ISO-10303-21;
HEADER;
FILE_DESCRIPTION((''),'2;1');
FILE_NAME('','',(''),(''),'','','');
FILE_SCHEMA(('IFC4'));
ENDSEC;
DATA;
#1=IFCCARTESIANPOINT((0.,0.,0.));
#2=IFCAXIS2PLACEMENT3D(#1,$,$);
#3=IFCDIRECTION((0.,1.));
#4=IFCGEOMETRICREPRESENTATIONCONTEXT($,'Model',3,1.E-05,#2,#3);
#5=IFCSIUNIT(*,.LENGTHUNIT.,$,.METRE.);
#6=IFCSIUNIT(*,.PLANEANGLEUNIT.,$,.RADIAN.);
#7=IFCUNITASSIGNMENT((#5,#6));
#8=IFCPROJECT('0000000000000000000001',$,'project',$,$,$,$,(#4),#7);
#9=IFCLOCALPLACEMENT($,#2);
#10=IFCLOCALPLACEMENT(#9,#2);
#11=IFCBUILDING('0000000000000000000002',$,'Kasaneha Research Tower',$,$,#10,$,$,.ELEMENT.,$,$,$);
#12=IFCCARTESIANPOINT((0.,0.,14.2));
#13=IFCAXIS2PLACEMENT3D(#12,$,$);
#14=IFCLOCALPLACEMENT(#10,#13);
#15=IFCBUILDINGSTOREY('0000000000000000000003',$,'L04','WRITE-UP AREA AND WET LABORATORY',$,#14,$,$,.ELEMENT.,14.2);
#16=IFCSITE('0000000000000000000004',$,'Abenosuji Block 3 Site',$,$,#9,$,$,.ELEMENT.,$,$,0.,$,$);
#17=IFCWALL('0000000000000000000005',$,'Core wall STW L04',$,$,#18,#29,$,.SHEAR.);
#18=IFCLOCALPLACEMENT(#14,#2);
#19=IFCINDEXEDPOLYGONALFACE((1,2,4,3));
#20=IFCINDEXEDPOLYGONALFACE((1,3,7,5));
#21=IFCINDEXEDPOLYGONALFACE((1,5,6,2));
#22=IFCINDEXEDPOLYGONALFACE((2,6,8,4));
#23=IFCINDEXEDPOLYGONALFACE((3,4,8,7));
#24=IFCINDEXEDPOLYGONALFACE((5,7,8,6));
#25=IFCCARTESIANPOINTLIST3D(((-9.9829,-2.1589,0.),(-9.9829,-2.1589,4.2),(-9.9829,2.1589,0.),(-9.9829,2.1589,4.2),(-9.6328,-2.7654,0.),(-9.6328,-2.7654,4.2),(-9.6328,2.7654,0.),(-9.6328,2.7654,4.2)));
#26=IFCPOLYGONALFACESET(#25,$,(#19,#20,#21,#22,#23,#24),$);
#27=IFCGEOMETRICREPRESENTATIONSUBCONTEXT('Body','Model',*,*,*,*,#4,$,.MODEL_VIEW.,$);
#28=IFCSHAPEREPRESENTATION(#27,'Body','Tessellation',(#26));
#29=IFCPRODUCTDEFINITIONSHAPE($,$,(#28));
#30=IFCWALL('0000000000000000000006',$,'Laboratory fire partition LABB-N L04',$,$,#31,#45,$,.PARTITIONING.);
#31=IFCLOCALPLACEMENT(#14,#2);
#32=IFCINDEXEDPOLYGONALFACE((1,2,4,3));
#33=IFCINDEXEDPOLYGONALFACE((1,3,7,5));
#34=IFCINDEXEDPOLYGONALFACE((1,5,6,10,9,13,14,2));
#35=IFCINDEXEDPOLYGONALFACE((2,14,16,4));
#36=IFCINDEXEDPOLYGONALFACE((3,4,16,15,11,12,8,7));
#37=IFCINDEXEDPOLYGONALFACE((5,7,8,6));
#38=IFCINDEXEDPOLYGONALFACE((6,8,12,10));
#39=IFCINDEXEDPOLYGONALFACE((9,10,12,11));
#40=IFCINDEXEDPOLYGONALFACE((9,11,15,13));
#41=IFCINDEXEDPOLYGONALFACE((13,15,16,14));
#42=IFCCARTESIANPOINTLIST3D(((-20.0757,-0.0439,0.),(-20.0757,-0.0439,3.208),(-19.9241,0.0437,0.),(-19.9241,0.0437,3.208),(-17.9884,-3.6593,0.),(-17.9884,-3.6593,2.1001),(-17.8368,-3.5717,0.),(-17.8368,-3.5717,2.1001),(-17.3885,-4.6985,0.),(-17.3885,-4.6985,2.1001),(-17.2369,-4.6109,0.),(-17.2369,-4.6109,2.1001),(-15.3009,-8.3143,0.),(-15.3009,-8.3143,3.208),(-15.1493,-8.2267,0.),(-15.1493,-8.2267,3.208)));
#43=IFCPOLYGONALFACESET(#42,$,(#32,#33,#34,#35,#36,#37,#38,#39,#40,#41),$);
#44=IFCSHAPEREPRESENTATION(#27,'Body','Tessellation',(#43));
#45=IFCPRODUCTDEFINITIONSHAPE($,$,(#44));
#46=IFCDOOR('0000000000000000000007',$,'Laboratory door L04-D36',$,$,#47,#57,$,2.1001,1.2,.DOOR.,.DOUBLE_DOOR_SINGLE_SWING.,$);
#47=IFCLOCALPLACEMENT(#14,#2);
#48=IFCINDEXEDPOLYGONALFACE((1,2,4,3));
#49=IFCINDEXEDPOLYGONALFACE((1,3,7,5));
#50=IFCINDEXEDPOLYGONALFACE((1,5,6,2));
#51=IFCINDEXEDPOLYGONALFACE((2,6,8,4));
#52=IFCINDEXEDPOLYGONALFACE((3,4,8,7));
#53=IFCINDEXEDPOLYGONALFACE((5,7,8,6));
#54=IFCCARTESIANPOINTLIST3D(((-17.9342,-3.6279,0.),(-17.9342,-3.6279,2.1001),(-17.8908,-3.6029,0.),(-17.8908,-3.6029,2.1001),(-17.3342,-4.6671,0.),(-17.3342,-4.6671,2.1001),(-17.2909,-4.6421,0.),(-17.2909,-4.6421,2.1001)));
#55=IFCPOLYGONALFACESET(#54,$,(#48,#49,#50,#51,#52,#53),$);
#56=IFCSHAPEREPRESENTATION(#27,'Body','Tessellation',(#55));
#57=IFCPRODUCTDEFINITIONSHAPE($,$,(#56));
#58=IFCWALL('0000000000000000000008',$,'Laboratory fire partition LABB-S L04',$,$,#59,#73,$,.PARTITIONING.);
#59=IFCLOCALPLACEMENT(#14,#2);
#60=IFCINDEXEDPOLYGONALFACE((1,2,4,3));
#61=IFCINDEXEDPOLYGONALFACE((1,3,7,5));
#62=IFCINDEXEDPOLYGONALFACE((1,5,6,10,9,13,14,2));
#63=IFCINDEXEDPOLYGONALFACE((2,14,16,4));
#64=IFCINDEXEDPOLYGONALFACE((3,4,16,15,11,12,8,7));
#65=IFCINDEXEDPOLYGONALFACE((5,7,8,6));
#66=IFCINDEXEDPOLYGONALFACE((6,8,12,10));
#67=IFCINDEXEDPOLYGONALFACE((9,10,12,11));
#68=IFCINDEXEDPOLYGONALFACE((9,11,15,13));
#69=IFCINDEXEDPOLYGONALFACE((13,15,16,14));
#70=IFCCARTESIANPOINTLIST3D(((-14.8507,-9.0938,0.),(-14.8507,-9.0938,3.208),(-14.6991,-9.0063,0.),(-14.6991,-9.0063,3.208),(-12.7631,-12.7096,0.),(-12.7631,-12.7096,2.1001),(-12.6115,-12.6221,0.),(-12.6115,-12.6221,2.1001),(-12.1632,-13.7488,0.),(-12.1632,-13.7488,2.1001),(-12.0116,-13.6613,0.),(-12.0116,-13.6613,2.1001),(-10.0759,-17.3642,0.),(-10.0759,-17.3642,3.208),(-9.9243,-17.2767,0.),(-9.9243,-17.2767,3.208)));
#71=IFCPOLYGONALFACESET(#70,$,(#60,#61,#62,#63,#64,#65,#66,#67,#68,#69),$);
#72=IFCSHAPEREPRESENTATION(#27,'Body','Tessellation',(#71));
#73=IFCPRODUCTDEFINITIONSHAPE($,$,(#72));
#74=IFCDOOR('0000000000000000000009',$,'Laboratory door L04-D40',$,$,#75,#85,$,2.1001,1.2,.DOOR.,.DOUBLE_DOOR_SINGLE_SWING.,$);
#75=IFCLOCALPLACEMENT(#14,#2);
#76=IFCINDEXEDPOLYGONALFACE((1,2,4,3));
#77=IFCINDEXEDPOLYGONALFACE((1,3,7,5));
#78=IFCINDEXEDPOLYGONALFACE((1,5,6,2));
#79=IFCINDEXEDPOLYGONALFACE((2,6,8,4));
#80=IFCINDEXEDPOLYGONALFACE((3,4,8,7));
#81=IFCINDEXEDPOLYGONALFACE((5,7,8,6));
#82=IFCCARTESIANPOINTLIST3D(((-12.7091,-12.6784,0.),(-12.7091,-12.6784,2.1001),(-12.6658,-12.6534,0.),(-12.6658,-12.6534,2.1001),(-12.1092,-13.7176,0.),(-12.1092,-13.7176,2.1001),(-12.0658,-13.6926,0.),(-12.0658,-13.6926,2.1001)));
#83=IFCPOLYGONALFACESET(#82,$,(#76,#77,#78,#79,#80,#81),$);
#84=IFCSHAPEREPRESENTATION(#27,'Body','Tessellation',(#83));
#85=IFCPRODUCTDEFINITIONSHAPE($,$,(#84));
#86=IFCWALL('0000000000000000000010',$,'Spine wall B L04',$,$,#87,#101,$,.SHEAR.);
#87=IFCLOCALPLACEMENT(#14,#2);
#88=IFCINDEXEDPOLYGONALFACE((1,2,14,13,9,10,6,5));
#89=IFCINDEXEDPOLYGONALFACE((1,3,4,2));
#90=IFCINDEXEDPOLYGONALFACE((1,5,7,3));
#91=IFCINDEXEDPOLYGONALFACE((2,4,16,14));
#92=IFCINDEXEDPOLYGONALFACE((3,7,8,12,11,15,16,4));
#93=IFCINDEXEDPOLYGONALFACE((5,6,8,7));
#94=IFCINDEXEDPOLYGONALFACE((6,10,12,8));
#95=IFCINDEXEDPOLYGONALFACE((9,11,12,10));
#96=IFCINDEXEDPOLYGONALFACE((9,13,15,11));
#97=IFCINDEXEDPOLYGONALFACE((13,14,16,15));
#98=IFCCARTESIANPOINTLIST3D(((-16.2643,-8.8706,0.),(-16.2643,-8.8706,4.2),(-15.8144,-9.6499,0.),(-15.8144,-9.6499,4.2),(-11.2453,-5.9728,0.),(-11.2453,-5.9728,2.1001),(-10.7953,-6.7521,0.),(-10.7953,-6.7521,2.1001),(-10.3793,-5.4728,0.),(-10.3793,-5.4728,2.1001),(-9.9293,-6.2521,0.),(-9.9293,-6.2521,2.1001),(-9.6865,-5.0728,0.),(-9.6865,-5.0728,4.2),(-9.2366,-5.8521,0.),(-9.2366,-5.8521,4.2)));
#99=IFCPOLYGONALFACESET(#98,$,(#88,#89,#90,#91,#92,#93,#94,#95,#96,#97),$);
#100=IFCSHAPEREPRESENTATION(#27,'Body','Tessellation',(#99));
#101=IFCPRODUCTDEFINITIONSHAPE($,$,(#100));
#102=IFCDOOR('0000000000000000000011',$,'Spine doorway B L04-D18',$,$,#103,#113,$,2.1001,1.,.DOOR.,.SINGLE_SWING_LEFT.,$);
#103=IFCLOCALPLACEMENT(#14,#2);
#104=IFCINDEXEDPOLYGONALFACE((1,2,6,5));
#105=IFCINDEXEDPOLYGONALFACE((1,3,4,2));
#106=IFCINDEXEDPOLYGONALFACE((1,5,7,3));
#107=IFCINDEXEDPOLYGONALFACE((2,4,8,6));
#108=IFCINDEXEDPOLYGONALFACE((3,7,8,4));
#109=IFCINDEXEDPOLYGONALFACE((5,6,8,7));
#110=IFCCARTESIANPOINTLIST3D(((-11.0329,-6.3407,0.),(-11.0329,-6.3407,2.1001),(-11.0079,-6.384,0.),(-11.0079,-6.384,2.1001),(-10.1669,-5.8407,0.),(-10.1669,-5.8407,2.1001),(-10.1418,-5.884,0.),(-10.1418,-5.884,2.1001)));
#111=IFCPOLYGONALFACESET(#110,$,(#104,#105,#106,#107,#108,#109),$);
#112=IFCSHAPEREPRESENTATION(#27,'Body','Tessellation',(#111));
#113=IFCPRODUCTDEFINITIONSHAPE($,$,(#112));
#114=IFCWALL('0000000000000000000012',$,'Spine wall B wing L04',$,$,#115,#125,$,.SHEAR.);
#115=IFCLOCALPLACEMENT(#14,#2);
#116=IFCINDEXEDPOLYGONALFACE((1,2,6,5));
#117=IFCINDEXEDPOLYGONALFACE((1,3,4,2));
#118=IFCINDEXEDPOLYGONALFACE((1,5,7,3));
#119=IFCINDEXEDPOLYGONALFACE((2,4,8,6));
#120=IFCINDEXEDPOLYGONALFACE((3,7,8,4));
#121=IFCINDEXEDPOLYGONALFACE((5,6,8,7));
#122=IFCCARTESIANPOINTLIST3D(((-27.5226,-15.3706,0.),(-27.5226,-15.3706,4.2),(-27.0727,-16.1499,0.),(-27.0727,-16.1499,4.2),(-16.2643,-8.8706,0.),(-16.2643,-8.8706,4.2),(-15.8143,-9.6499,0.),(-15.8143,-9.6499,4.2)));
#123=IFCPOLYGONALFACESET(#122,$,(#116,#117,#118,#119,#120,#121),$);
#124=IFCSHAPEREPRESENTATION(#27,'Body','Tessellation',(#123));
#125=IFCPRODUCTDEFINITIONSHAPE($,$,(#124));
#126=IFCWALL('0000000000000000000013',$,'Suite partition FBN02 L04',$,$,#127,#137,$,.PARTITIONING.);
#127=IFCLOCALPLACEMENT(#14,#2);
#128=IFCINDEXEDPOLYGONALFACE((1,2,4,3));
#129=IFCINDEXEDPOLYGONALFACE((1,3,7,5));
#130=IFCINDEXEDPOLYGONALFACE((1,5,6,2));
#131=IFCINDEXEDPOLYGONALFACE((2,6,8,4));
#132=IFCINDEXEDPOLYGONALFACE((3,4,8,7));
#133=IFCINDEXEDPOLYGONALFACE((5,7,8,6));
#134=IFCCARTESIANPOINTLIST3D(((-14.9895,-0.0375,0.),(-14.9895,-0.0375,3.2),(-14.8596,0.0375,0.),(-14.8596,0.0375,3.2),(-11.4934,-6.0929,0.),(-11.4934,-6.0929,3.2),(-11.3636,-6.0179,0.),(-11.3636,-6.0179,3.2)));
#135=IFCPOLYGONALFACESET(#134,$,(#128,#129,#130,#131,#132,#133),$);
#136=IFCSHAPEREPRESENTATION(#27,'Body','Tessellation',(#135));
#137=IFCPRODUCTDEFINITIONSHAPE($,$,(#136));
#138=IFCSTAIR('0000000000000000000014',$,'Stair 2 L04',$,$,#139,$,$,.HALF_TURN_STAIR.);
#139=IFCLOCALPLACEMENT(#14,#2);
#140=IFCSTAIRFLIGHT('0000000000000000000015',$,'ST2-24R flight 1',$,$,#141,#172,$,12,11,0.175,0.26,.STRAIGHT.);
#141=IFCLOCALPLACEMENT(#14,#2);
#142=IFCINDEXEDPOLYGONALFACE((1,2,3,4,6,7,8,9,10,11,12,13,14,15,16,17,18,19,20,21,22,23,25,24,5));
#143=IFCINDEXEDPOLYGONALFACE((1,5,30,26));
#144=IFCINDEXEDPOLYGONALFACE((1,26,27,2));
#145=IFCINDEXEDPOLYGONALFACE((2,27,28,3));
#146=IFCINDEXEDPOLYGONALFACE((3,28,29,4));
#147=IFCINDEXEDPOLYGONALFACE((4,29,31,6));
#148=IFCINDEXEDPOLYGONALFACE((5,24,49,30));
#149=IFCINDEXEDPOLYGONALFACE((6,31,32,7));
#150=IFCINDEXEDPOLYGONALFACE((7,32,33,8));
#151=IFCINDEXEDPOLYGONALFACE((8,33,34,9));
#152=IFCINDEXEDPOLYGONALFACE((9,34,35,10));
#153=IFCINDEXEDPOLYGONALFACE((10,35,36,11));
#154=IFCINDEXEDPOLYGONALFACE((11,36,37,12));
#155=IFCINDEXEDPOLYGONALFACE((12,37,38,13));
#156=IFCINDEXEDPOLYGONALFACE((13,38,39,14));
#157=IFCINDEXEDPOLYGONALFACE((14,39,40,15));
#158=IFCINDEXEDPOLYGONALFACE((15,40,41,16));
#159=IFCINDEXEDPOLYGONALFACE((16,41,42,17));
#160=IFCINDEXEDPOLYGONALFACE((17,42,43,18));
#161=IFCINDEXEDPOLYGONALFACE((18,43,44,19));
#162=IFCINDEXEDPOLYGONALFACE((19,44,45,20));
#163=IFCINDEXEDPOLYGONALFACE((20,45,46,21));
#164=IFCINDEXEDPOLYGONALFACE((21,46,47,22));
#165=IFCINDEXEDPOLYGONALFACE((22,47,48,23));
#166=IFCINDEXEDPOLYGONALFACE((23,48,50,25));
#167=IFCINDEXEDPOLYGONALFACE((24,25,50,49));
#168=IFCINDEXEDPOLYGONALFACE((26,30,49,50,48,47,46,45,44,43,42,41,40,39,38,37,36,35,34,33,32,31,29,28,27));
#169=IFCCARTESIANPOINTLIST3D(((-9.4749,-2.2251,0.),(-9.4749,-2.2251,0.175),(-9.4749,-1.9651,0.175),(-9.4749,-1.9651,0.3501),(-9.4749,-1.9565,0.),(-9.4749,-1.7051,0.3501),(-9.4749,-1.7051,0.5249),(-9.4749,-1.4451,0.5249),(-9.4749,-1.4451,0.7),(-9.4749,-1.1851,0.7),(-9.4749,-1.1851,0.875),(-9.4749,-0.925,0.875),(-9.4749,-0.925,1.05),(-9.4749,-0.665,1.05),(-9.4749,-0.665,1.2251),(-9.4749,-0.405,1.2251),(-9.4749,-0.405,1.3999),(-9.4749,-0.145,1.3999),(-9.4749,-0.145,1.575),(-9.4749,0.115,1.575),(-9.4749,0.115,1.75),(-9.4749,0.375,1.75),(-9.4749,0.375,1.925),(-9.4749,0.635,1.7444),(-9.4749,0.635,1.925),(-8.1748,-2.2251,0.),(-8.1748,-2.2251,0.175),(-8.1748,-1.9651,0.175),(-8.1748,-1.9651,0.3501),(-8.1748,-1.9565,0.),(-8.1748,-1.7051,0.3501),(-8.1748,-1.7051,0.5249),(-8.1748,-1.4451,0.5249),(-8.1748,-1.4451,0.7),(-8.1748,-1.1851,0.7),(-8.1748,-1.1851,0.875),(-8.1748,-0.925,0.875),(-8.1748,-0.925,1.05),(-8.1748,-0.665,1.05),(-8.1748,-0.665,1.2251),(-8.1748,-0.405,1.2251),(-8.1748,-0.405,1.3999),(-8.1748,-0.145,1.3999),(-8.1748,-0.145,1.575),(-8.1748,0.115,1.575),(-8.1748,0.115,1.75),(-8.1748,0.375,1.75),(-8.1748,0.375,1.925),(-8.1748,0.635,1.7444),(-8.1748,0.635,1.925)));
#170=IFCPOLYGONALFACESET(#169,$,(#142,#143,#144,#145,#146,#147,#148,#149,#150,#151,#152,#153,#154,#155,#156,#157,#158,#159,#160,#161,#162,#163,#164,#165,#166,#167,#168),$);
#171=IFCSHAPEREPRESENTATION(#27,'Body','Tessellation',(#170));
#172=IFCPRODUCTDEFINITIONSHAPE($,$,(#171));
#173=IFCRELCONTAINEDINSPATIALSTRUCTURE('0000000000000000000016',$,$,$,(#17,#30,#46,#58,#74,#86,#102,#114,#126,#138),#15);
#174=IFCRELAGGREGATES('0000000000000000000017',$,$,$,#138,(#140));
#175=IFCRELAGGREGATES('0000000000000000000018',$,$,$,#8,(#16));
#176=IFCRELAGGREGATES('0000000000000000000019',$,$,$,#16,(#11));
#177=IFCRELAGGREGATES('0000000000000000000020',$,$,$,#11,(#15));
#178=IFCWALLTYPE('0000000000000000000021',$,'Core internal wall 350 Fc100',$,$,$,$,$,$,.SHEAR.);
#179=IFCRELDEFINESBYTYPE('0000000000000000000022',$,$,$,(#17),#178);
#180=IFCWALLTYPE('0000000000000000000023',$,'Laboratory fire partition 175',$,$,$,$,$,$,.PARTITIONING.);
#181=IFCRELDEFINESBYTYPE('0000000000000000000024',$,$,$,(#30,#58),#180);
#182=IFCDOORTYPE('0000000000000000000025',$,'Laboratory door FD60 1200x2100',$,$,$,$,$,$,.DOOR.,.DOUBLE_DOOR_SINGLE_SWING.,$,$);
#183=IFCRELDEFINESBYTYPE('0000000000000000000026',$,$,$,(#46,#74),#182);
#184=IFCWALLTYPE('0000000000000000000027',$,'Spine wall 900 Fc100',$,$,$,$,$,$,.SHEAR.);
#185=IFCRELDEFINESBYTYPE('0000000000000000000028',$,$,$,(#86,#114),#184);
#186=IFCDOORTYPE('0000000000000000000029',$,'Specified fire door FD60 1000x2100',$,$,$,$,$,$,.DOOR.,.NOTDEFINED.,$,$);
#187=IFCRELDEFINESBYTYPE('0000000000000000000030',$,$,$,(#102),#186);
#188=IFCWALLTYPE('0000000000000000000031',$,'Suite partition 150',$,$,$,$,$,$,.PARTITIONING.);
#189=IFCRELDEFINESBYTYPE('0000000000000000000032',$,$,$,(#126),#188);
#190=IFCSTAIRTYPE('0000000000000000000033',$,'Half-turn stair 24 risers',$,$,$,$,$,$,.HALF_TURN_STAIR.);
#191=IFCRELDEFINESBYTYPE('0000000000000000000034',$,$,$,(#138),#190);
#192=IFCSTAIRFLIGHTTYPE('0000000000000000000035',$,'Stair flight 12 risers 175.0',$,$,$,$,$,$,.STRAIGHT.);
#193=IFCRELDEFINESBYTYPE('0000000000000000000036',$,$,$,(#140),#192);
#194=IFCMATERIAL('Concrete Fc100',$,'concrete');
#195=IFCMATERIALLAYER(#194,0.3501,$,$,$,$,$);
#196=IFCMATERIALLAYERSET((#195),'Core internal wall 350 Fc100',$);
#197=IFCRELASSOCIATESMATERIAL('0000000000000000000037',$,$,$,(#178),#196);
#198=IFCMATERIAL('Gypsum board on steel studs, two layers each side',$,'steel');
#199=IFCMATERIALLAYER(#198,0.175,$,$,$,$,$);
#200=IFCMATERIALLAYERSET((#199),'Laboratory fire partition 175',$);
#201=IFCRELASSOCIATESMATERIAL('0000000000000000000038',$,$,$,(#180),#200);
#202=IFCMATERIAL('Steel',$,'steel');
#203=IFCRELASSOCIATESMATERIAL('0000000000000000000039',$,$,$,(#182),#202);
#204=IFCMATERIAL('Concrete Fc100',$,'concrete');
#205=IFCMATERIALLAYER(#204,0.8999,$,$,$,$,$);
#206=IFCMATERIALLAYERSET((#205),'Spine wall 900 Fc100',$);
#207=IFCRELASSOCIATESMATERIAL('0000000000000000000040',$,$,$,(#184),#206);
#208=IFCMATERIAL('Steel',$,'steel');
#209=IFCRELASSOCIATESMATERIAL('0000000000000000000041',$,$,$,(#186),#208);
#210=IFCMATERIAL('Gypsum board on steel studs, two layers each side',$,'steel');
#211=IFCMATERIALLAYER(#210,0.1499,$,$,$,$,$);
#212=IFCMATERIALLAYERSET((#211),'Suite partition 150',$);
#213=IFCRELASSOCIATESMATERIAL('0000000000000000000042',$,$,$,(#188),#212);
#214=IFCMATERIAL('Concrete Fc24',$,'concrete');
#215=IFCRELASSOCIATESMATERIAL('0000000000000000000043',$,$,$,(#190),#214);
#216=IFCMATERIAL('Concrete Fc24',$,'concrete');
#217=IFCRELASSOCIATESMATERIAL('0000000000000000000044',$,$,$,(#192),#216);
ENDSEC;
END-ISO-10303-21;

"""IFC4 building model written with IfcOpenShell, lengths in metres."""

from ifc_helpers import new_model, si_unit, direction, frame, frame_2d, origin, place, context, subcontext, project, spatial, polyline, rectangle, outline, extrude, material, layer, layer_set, type_object, element, fill, aggregate, save


model = new_model("IFC4")

# Units and contexts
model_context = context("Model", 3, precision=1e-05, world=origin(), true_north=direction((0.0, 1.0)))
body_context = subcontext(model_context, "Body", "Model", "MODEL_VIEW")
ifc_project = project(units=[si_unit("LENGTHUNIT", "METRE"), si_unit("PLANEANGLEUNIT", "RADIAN")], contexts=[model_context])

# Site, building, storey
site_placement = place(None, origin())
site = spatial("IfcSite", under=ifc_project, at=site_placement, Name="Abenosuji Block 3 Site", CompositionType="ELEMENT", RefElevation=0.0)
building_placement = place(site_placement, origin())
building = spatial("IfcBuilding", under=site, at=building_placement, Name="Kasaneha Research Tower", CompositionType="ELEMENT")
storey_placement = place(building_placement, frame((0.0, 0.0, 14.2)))
storey = spatial("IfcBuildingStorey", under=building, at=storey_placement, Name="L04", Description="WRITE-UP AREA AND WET LABORATORY", CompositionType="ELEMENT", Elevation=14.2)

# Shared definitions
ifc_material_1 = material(Name="Concrete Fc100", Category="concrete")
ifc_layer_1 = layer(ifc_material_1, 0.3501)
ifc_layer_set_1 = layer_set([ifc_layer_1], Name="Core internal wall 350 Fc100")
wall_type_1 = type_object("IfcWallType", Name="Core internal wall 350 Fc100", PredefinedType="SHEAR", material=ifc_layer_set_1)

# Wall
wall_1_placement = place(storey_placement, frame((-9.8079, -2.4622, 0.0), z_axis=(0.0, 0.0, 1.0), x_axis=(0.0, 1.0, 0.0)))
element("IfcWall", 1, at=wall_1_placement, inside=storey, type_object=wall_type_1, Name="Core wall STW L04", PredefinedType="SHEAR", context=body_context, shape_type="SweptSolid", body=[
    extrude(outline(polyline([(-0.3032, -0.175), (5.2275, -0.175), (4.6211, 0.175), (0.3032, 0.175), (-0.3032, -0.175)])), origin(), (0.0, 0.0, 1.0), 4.2),
])

# Walls, openings, doors
ifc_material_2 = material(Name="Gypsum board on steel studs, two layers each side", Category="steel")
ifc_layer_2 = layer(ifc_material_2, 0.175)
ifc_layer_set_2 = layer_set([ifc_layer_2], Name="Laboratory fire partition 175")
wall_type_2 = type_object("IfcWallType", Name="Laboratory fire partition 175", PredefinedType="PARTITIONING", material=ifc_layer_set_2)
wall_2_placement = place(storey_placement, frame((-15.2251, -8.2705, 0.0), z_axis=(0.0, 0.0, 1.0), x_axis=(-0.499994, 0.866029, 0.0)))
wall_2 = element("IfcWall", 2, at=wall_2_placement, inside=storey, type_object=wall_type_2, Name="Laboratory fire partition LABB-N L04", PredefinedType="PARTITIONING", context=body_context, shape_type="SweptSolid", body=[
    extrude(rectangle(XDim=9.5498, YDim=0.175, at=frame_2d((4.7749, 0.0))), origin(), (0.0, 0.0, 1.0), 3.208),
])
opening_1_placement = place(wall_2_placement, frame((4.175, 0.0, 0.0)))
opening_1 = element("IfcOpeningElement", 3, at=opening_1_placement, cuts=wall_2, PredefinedType="OPENING", context=body_context, shape_type="SweptSolid", body=[
    extrude(rectangle(XDim=1.2, YDim=2.1001, at=frame_2d((0.6001, 1.05))), frame((0.0, 0.0977, 0.0), z_axis=(0.0, -1.0, 0.0), x_axis=(1.0, 0.0, 0.0)), (0.0, 0.0, 1.0), 0.1951),
])
ifc_material_3 = material(Name="Steel", Category="steel")
door_type_1 = type_object("IfcDoorType", Name="Laboratory door FD60 1200x2100", OperationType="DOUBLE_DOOR_SINGLE_SWING", PredefinedType="DOOR", material=ifc_material_3)
door_1_placement = place(opening_1_placement, origin())
door_1 = element("IfcDoor", 4, at=door_1_placement, inside=storey, type_object=door_type_1, Name="Laboratory door L04-D36", OperationType="DOUBLE_DOOR_SINGLE_SWING", OverallHeight=2.1001, OverallWidth=1.2, PredefinedType="DOOR", context=body_context, shape_type="SweptSolid", body=[
    extrude(rectangle(XDim=1.2, YDim=2.1001, at=frame_2d((0.6001, 1.05))), frame((0.0, 0.0249, 0.0), z_axis=(0.0, -1.0, 0.0), x_axis=(1.0, 0.0, 0.0)), (0.0, 0.0, 1.0), 0.05),
])
fill(opening_1, door_1)
wall_3_placement = place(storey_placement, frame((-14.7749, -9.05, 0.0), z_axis=(0.0, 0.0, 1.0), x_axis=(0.499994, -0.866029, 0.0)))
wall_3 = element("IfcWall", 5, at=wall_3_placement, inside=storey, type_object=wall_type_2, Name="Laboratory fire partition LABB-S L04", PredefinedType="PARTITIONING", context=body_context, shape_type="SweptSolid", body=[
    extrude(rectangle(XDim=9.5498, YDim=0.175, at=frame_2d((4.7749, 0.0))), origin(), (0.0, 0.0, 1.0), 3.208),
])
opening_2_placement = place(wall_3_placement, frame((4.175, 0.0, 0.0)))
opening_2 = element("IfcOpeningElement", 6, at=opening_2_placement, cuts=wall_3, PredefinedType="OPENING", context=body_context, shape_type="SweptSolid", body=[
    extrude(rectangle(XDim=1.2, YDim=2.1001, at=frame_2d((0.6001, 1.05))), frame((0.0, 0.0977, 0.0), z_axis=(0.0, -1.0, 0.0), x_axis=(1.0, 0.0, 0.0)), (0.0, 0.0, 1.0), 0.1951),
])
door_2_placement = place(opening_2_placement, origin())
door_2 = element("IfcDoor", 7, at=door_2_placement, inside=storey, type_object=door_type_1, Name="Laboratory door L04-D40", OperationType="DOUBLE_DOOR_SINGLE_SWING", OverallHeight=2.1001, OverallWidth=1.2, PredefinedType="DOOR", context=body_context, shape_type="SweptSolid", body=[
    extrude(rectangle(XDim=1.2, YDim=2.1001, at=frame_2d((0.6001, 1.05))), frame((0.0, 0.0249, 0.0), z_axis=(0.0, -1.0, 0.0), x_axis=(1.0, 0.0, 0.0)), (0.0, 0.0, 1.0), 0.05),
])
fill(opening_2, door_2)
ifc_material_4 = material(Name="Concrete Fc100", Category="concrete")
ifc_layer_3 = layer(ifc_material_4, 0.8999)
ifc_layer_set_3 = layer_set([ifc_layer_3], Name="Spine wall 900 Fc100")
wall_type_3 = type_object("IfcWallType", Name="Spine wall 900 Fc100", PredefinedType="SHEAR", material=ifc_layer_set_3)
wall_4_placement = place(storey_placement, frame((-9.4614, -5.4624, 0.0), z_axis=(0.0, 0.0, 1.0), x_axis=(-0.866019, -0.500011, 0.0)))
wall_4 = element("IfcWall", 8, at=wall_4_placement, inside=storey, type_object=wall_type_3, Name="Spine wall B L04", PredefinedType="SHEAR", context=body_context, shape_type="SweptSolid", body=[
    extrude(rectangle(XDim=7.5955, YDim=0.8999, at=frame_2d((3.7979, 0.0))), origin(), (0.0, 0.0, 1.0), 4.2),
])
opening_3_placement = place(wall_4_placement, frame((0.8, 0.0, 0.0)))
opening_3 = element("IfcOpeningElement", 9, at=opening_3_placement, cuts=wall_4, PredefinedType="OPENING", context=body_context, shape_type="SweptSolid", body=[
    extrude(rectangle(XDim=1.0, YDim=2.1001, at=frame_2d((0.5, 1.05))), frame((0.0, 0.46, 0.0), z_axis=(0.0, -1.0, 0.0), x_axis=(1.0, 0.0, 0.0)), (0.0, 0.0, 1.0), 0.9199),
])
ifc_material_5 = material(Name="Steel", Category="steel")
door_type_2 = type_object("IfcDoorType", Name="Specified fire door FD60 1000x2100", OperationType="NOTDEFINED", PredefinedType="DOOR", material=ifc_material_5)
door_3_placement = place(opening_3_placement, origin())
door_3 = element("IfcDoor", 10, at=door_3_placement, inside=storey, type_object=door_type_2, Name="Spine doorway B L04-D18", OperationType="SINGLE_SWING_LEFT", OverallHeight=2.1001, OverallWidth=1.0, PredefinedType="DOOR", context=body_context, shape_type="SweptSolid", body=[
    extrude(rectangle(XDim=1.0, YDim=2.1001, at=frame_2d((0.5, 1.05))), frame((0.0, 0.0249, 0.0), z_axis=(0.0, -1.0, 0.0), x_axis=(1.0, 0.0, 0.0)), (0.0, 0.0, 1.0), 0.05),
])
fill(opening_3, door_3)

# Walls
wall_5_placement = place(storey_placement, frame((-16.0393, -9.2603, 0.0), z_axis=(0.0, 0.0, 1.0), x_axis=(-0.866025, -0.500001, 0.0)))
element("IfcWall", 11, at=wall_5_placement, inside=storey, type_object=wall_type_3, Name="Spine wall B wing L04", PredefinedType="SHEAR", context=body_context, shape_type="SweptSolid", body=[
    extrude(rectangle(XDim=13.0, YDim=0.8999, at=frame_2d((6.5, 0.0))), origin(), (0.0, 0.0, 1.0), 4.2),
])
ifc_material_6 = material(Name="Gypsum board on steel studs, two layers each side", Category="steel")
ifc_layer_4 = layer(ifc_material_6, 0.1499)
ifc_layer_set_4 = layer_set([ifc_layer_4], Name="Suite partition 150")
wall_type_4 = type_object("IfcWallType", Name="Suite partition 150", PredefinedType="PARTITIONING", material=ifc_layer_set_4)
wall_6_placement = place(storey_placement, frame((-11.4285, -6.0554, 0.0), z_axis=(0.0, 0.0, 1.0), x_axis=(-0.5, 0.866026, 0.0)))
element("IfcWall", 12, at=wall_6_placement, inside=storey, type_object=wall_type_4, Name="Suite partition FBN02 L04", PredefinedType="PARTITIONING", context=body_context, shape_type="SweptSolid", body=[
    extrude(rectangle(XDim=6.9922, YDim=0.1499, at=frame_2d((3.4961, 0.0))), origin(), (0.0, 0.0, 1.0), 3.2),
])

# Stair, stair flight
ifc_material_7 = material(Name="Concrete Fc24", Category="concrete")
stair_type = type_object("IfcStairType", Name="Half-turn stair 24 risers", PredefinedType="HALF_TURN_STAIR", material=ifc_material_7)
stair_placement = place(storey_placement, origin())
stair = element("IfcStair", 13, at=stair_placement, inside=storey, type_object=stair_type, Name="Stair 2 L04", PredefinedType="HALF_TURN_STAIR")
ifc_material_8 = material(Name="Concrete Fc24", Category="concrete")
stair_flight_type = type_object("IfcStairFlightType", Name="Stair flight 12 risers 175.0", PredefinedType="STRAIGHT", material=ifc_material_8)
stair_flight_placement = place(storey_placement, frame((-8.825, -2.2251, 0.0), z_axis=(0.0, 0.0, 1.0), x_axis=(0.0, 1.0, 0.0)))
stair_flight = element("IfcStairFlight", 14, at=stair_flight_placement, type_object=stair_flight_type, Name="ST2-24R flight 1", NumberOfRisers=12, NumberOfTreads=11, PredefinedType="STRAIGHT", RiserHeight=0.175, TreadLength=0.26, context=body_context, shape_type="SweptSolid", body=[
    extrude(outline(polyline([(0.0, 0.0), (0.0, 0.175), (0.26, 0.175), (0.26, 0.3501), (0.52, 0.3501), (0.52, 0.5249), (0.78, 0.5249), (0.78, 0.7), (1.04, 0.7), (1.04, 0.875), (1.3, 0.875), (1.3, 1.05), (1.5601, 1.05), (1.5601, 1.2251), (1.8201, 1.2251), (1.8201, 1.3999), (2.0801, 1.3999), (2.0801, 1.575), (2.3401, 1.575), (2.3401, 1.75), (2.6001, 1.75), (2.6001, 1.925), (2.8601, 1.925), (2.8601, 2.1001), (2.8601, 1.7444), (0.2686, 0.0), (0.0, 0.0)])), frame((0.0, 0.6499, 0.0), z_axis=(0.0, -1.0, 0.0), x_axis=(1.0, 0.0, 0.0)), (0.0, 0.0, 1.0), 1.3),
])
aggregate(stair, [stair_flight])

save(model, "model.ifc")
